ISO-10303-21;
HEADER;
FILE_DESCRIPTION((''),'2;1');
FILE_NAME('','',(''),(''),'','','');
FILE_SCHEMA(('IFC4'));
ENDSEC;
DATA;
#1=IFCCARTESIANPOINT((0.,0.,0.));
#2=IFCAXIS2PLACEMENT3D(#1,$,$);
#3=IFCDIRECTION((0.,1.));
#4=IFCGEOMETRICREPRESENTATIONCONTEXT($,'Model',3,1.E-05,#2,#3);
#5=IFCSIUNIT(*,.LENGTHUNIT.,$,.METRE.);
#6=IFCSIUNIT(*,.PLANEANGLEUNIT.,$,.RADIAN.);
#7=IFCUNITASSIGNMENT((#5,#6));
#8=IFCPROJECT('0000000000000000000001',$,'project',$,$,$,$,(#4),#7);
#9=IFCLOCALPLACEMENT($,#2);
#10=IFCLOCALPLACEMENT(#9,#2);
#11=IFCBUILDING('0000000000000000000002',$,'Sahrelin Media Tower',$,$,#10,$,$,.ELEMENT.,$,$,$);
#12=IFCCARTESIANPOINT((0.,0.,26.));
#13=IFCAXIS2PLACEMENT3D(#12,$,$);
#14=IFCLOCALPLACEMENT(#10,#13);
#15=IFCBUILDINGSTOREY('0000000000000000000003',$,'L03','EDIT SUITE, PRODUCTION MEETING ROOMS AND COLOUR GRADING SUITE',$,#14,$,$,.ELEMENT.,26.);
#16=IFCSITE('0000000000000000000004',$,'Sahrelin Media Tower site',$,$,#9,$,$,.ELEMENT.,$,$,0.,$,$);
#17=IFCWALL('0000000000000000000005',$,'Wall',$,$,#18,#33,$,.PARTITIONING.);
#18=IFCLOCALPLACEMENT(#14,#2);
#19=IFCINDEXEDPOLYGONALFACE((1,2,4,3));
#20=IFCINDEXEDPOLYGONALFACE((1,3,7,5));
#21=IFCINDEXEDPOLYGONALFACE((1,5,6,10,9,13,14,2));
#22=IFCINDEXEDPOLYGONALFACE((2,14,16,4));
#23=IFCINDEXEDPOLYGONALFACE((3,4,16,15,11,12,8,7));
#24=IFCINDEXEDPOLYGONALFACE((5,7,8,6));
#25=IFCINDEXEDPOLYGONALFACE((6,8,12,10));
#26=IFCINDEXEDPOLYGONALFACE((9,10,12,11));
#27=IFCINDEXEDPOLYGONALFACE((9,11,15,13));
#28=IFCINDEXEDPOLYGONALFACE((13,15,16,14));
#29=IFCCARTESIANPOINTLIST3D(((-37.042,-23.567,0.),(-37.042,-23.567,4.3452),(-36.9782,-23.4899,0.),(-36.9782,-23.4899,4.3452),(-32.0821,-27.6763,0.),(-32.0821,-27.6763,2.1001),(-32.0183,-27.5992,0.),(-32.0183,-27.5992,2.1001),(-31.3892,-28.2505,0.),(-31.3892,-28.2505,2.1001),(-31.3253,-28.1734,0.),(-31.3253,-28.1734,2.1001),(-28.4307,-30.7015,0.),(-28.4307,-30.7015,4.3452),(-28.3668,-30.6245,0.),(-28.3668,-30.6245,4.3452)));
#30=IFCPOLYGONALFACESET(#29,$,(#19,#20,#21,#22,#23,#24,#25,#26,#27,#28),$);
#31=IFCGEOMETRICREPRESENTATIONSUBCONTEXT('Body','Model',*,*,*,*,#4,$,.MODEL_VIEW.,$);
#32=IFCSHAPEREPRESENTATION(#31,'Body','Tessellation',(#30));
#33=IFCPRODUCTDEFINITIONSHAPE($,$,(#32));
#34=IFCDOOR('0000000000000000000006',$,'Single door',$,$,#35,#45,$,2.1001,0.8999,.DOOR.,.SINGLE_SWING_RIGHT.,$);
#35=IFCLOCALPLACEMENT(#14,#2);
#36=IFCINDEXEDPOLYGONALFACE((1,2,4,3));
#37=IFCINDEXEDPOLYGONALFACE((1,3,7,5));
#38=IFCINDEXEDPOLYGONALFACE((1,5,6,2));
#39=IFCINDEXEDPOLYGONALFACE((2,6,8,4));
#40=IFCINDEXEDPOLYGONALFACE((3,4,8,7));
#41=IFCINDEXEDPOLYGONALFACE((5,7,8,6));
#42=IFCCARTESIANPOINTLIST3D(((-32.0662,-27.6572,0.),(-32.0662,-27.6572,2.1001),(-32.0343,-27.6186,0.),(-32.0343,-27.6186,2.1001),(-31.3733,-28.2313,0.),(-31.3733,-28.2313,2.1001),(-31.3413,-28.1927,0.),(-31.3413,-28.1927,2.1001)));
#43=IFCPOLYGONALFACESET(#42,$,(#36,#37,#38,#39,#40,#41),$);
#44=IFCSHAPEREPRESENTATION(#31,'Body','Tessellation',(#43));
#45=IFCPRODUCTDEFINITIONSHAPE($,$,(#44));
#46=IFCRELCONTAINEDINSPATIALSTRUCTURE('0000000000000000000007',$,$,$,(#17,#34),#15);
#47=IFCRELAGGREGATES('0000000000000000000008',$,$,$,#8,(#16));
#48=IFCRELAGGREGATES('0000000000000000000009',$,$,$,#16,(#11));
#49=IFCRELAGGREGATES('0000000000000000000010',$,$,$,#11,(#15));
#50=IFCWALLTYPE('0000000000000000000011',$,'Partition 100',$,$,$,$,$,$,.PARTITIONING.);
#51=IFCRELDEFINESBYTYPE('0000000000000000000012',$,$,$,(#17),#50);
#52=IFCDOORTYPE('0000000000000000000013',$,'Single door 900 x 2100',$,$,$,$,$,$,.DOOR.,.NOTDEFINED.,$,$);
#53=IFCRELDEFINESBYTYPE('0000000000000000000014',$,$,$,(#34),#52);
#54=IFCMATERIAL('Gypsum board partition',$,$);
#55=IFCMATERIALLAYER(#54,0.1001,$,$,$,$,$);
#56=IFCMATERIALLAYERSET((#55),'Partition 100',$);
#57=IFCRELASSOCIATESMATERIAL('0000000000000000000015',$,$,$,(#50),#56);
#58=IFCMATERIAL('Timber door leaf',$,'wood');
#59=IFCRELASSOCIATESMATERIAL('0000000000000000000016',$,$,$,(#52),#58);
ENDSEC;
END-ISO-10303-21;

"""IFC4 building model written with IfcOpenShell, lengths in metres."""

from ifc_helpers import new_model, si_unit, direction, frame, frame_2d, origin, place, context, subcontext, project, spatial, rectangle, extrude, material, layer, layer_set, type_object, element, fill, save


model = new_model("IFC4")

# Units and contexts
model_context = context("Model", 3, precision=1e-05, world=origin(), true_north=direction((0.0, 1.0)))
body_context = subcontext(model_context, "Body", "Model", "MODEL_VIEW")
ifc_project = project(units=[si_unit("LENGTHUNIT", "METRE"), si_unit("PLANEANGLEUNIT", "RADIAN")], contexts=[model_context])

# Site, building, storey
site_placement = place(None, origin())
site = spatial("IfcSite", under=ifc_project, at=site_placement, Name="Sahrelin Media Tower site", CompositionType="ELEMENT", RefElevation=0.0)
building_placement = place(site_placement, origin())
building = spatial("IfcBuilding", under=site, at=building_placement, Name="Sahrelin Media Tower", CompositionType="ELEMENT")
storey_placement = place(building_placement, frame((0.0, 0.0, 26.0)))
storey = spatial("IfcBuildingStorey", under=building, at=storey_placement, Name="L03", Description="EDIT SUITE, PRODUCTION MEETING ROOMS AND COLOUR GRADING SUITE", CompositionType="ELEMENT", Elevation=26.0)

# Wall, opening, door
ifc_material_1 = material(Name="Gypsum board partition")
ifc_layer_1 = layer(ifc_material_1, 0.1001)
ifc_layer_set_1 = layer_set([ifc_layer_1], Name="Partition 100")
wall_type = type_object("IfcWallType", Name="Partition 100", PredefinedType="PARTITIONING", material=ifc_layer_set_1)
wall_placement = place(storey_placement, frame((-37.01, -23.5286, 0.0), z_axis=(0.0, 0.0, 1.0), x_axis=(0.770047, -0.637987, 0.0)))
wall = element("IfcWall", 1, at=wall_placement, inside=storey, type_object=wall_type, Name="Wall", PredefinedType="PARTITIONING", context=body_context, shape_type="SweptSolid", body=[
    extrude(rectangle(XDim=11.1829, YDim=0.1001, at=frame_2d((5.5913, 0.0))), origin(), (0.0, 0.0, 1.0), 4.3452),
])
opening_placement = place(wall_placement, frame((6.4409, 0.0, 0.0)))
opening = element("IfcOpeningElement", 2, at=opening_placement, cuts=wall, PredefinedType="OPENING", context=body_context, shape_type="SweptSolid", body=[
    extrude(rectangle(XDim=0.8999, YDim=2.1001, at=frame_2d((0.45, 1.05))), frame((0.0, 0.05, 0.0), z_axis=(0.0, -1.0, 0.0), x_axis=(1.0, 0.0, 0.0)), (0.0, 0.0, 1.0), 0.1001),
])
ifc_material_2 = material(Name="Timber door leaf", Category="wood")
door_type = type_object("IfcDoorType", Name="Single door 900 x 2100", OperationType="NOTDEFINED", PredefinedType="DOOR", material=ifc_material_2)
door_placement = place(opening_placement, origin())
door = element("IfcDoor", 3, at=door_placement, inside=storey, type_object=door_type, Name="Single door", OperationType="SINGLE_SWING_RIGHT", OverallHeight=2.1001, OverallWidth=0.8999, PredefinedType="DOOR", context=body_context, shape_type="SweptSolid", body=[
    extrude(rectangle(XDim=0.8999, YDim=2.1001, at=frame_2d((0.45, 1.05))), frame((0.0, 0.0249, 0.0), z_axis=(0.0, -1.0, 0.0), x_axis=(1.0, 0.0, 0.0)), (0.0, 0.0, 1.0), 0.05),
])
fill(opening, door)

save(model, "model.ifc")
